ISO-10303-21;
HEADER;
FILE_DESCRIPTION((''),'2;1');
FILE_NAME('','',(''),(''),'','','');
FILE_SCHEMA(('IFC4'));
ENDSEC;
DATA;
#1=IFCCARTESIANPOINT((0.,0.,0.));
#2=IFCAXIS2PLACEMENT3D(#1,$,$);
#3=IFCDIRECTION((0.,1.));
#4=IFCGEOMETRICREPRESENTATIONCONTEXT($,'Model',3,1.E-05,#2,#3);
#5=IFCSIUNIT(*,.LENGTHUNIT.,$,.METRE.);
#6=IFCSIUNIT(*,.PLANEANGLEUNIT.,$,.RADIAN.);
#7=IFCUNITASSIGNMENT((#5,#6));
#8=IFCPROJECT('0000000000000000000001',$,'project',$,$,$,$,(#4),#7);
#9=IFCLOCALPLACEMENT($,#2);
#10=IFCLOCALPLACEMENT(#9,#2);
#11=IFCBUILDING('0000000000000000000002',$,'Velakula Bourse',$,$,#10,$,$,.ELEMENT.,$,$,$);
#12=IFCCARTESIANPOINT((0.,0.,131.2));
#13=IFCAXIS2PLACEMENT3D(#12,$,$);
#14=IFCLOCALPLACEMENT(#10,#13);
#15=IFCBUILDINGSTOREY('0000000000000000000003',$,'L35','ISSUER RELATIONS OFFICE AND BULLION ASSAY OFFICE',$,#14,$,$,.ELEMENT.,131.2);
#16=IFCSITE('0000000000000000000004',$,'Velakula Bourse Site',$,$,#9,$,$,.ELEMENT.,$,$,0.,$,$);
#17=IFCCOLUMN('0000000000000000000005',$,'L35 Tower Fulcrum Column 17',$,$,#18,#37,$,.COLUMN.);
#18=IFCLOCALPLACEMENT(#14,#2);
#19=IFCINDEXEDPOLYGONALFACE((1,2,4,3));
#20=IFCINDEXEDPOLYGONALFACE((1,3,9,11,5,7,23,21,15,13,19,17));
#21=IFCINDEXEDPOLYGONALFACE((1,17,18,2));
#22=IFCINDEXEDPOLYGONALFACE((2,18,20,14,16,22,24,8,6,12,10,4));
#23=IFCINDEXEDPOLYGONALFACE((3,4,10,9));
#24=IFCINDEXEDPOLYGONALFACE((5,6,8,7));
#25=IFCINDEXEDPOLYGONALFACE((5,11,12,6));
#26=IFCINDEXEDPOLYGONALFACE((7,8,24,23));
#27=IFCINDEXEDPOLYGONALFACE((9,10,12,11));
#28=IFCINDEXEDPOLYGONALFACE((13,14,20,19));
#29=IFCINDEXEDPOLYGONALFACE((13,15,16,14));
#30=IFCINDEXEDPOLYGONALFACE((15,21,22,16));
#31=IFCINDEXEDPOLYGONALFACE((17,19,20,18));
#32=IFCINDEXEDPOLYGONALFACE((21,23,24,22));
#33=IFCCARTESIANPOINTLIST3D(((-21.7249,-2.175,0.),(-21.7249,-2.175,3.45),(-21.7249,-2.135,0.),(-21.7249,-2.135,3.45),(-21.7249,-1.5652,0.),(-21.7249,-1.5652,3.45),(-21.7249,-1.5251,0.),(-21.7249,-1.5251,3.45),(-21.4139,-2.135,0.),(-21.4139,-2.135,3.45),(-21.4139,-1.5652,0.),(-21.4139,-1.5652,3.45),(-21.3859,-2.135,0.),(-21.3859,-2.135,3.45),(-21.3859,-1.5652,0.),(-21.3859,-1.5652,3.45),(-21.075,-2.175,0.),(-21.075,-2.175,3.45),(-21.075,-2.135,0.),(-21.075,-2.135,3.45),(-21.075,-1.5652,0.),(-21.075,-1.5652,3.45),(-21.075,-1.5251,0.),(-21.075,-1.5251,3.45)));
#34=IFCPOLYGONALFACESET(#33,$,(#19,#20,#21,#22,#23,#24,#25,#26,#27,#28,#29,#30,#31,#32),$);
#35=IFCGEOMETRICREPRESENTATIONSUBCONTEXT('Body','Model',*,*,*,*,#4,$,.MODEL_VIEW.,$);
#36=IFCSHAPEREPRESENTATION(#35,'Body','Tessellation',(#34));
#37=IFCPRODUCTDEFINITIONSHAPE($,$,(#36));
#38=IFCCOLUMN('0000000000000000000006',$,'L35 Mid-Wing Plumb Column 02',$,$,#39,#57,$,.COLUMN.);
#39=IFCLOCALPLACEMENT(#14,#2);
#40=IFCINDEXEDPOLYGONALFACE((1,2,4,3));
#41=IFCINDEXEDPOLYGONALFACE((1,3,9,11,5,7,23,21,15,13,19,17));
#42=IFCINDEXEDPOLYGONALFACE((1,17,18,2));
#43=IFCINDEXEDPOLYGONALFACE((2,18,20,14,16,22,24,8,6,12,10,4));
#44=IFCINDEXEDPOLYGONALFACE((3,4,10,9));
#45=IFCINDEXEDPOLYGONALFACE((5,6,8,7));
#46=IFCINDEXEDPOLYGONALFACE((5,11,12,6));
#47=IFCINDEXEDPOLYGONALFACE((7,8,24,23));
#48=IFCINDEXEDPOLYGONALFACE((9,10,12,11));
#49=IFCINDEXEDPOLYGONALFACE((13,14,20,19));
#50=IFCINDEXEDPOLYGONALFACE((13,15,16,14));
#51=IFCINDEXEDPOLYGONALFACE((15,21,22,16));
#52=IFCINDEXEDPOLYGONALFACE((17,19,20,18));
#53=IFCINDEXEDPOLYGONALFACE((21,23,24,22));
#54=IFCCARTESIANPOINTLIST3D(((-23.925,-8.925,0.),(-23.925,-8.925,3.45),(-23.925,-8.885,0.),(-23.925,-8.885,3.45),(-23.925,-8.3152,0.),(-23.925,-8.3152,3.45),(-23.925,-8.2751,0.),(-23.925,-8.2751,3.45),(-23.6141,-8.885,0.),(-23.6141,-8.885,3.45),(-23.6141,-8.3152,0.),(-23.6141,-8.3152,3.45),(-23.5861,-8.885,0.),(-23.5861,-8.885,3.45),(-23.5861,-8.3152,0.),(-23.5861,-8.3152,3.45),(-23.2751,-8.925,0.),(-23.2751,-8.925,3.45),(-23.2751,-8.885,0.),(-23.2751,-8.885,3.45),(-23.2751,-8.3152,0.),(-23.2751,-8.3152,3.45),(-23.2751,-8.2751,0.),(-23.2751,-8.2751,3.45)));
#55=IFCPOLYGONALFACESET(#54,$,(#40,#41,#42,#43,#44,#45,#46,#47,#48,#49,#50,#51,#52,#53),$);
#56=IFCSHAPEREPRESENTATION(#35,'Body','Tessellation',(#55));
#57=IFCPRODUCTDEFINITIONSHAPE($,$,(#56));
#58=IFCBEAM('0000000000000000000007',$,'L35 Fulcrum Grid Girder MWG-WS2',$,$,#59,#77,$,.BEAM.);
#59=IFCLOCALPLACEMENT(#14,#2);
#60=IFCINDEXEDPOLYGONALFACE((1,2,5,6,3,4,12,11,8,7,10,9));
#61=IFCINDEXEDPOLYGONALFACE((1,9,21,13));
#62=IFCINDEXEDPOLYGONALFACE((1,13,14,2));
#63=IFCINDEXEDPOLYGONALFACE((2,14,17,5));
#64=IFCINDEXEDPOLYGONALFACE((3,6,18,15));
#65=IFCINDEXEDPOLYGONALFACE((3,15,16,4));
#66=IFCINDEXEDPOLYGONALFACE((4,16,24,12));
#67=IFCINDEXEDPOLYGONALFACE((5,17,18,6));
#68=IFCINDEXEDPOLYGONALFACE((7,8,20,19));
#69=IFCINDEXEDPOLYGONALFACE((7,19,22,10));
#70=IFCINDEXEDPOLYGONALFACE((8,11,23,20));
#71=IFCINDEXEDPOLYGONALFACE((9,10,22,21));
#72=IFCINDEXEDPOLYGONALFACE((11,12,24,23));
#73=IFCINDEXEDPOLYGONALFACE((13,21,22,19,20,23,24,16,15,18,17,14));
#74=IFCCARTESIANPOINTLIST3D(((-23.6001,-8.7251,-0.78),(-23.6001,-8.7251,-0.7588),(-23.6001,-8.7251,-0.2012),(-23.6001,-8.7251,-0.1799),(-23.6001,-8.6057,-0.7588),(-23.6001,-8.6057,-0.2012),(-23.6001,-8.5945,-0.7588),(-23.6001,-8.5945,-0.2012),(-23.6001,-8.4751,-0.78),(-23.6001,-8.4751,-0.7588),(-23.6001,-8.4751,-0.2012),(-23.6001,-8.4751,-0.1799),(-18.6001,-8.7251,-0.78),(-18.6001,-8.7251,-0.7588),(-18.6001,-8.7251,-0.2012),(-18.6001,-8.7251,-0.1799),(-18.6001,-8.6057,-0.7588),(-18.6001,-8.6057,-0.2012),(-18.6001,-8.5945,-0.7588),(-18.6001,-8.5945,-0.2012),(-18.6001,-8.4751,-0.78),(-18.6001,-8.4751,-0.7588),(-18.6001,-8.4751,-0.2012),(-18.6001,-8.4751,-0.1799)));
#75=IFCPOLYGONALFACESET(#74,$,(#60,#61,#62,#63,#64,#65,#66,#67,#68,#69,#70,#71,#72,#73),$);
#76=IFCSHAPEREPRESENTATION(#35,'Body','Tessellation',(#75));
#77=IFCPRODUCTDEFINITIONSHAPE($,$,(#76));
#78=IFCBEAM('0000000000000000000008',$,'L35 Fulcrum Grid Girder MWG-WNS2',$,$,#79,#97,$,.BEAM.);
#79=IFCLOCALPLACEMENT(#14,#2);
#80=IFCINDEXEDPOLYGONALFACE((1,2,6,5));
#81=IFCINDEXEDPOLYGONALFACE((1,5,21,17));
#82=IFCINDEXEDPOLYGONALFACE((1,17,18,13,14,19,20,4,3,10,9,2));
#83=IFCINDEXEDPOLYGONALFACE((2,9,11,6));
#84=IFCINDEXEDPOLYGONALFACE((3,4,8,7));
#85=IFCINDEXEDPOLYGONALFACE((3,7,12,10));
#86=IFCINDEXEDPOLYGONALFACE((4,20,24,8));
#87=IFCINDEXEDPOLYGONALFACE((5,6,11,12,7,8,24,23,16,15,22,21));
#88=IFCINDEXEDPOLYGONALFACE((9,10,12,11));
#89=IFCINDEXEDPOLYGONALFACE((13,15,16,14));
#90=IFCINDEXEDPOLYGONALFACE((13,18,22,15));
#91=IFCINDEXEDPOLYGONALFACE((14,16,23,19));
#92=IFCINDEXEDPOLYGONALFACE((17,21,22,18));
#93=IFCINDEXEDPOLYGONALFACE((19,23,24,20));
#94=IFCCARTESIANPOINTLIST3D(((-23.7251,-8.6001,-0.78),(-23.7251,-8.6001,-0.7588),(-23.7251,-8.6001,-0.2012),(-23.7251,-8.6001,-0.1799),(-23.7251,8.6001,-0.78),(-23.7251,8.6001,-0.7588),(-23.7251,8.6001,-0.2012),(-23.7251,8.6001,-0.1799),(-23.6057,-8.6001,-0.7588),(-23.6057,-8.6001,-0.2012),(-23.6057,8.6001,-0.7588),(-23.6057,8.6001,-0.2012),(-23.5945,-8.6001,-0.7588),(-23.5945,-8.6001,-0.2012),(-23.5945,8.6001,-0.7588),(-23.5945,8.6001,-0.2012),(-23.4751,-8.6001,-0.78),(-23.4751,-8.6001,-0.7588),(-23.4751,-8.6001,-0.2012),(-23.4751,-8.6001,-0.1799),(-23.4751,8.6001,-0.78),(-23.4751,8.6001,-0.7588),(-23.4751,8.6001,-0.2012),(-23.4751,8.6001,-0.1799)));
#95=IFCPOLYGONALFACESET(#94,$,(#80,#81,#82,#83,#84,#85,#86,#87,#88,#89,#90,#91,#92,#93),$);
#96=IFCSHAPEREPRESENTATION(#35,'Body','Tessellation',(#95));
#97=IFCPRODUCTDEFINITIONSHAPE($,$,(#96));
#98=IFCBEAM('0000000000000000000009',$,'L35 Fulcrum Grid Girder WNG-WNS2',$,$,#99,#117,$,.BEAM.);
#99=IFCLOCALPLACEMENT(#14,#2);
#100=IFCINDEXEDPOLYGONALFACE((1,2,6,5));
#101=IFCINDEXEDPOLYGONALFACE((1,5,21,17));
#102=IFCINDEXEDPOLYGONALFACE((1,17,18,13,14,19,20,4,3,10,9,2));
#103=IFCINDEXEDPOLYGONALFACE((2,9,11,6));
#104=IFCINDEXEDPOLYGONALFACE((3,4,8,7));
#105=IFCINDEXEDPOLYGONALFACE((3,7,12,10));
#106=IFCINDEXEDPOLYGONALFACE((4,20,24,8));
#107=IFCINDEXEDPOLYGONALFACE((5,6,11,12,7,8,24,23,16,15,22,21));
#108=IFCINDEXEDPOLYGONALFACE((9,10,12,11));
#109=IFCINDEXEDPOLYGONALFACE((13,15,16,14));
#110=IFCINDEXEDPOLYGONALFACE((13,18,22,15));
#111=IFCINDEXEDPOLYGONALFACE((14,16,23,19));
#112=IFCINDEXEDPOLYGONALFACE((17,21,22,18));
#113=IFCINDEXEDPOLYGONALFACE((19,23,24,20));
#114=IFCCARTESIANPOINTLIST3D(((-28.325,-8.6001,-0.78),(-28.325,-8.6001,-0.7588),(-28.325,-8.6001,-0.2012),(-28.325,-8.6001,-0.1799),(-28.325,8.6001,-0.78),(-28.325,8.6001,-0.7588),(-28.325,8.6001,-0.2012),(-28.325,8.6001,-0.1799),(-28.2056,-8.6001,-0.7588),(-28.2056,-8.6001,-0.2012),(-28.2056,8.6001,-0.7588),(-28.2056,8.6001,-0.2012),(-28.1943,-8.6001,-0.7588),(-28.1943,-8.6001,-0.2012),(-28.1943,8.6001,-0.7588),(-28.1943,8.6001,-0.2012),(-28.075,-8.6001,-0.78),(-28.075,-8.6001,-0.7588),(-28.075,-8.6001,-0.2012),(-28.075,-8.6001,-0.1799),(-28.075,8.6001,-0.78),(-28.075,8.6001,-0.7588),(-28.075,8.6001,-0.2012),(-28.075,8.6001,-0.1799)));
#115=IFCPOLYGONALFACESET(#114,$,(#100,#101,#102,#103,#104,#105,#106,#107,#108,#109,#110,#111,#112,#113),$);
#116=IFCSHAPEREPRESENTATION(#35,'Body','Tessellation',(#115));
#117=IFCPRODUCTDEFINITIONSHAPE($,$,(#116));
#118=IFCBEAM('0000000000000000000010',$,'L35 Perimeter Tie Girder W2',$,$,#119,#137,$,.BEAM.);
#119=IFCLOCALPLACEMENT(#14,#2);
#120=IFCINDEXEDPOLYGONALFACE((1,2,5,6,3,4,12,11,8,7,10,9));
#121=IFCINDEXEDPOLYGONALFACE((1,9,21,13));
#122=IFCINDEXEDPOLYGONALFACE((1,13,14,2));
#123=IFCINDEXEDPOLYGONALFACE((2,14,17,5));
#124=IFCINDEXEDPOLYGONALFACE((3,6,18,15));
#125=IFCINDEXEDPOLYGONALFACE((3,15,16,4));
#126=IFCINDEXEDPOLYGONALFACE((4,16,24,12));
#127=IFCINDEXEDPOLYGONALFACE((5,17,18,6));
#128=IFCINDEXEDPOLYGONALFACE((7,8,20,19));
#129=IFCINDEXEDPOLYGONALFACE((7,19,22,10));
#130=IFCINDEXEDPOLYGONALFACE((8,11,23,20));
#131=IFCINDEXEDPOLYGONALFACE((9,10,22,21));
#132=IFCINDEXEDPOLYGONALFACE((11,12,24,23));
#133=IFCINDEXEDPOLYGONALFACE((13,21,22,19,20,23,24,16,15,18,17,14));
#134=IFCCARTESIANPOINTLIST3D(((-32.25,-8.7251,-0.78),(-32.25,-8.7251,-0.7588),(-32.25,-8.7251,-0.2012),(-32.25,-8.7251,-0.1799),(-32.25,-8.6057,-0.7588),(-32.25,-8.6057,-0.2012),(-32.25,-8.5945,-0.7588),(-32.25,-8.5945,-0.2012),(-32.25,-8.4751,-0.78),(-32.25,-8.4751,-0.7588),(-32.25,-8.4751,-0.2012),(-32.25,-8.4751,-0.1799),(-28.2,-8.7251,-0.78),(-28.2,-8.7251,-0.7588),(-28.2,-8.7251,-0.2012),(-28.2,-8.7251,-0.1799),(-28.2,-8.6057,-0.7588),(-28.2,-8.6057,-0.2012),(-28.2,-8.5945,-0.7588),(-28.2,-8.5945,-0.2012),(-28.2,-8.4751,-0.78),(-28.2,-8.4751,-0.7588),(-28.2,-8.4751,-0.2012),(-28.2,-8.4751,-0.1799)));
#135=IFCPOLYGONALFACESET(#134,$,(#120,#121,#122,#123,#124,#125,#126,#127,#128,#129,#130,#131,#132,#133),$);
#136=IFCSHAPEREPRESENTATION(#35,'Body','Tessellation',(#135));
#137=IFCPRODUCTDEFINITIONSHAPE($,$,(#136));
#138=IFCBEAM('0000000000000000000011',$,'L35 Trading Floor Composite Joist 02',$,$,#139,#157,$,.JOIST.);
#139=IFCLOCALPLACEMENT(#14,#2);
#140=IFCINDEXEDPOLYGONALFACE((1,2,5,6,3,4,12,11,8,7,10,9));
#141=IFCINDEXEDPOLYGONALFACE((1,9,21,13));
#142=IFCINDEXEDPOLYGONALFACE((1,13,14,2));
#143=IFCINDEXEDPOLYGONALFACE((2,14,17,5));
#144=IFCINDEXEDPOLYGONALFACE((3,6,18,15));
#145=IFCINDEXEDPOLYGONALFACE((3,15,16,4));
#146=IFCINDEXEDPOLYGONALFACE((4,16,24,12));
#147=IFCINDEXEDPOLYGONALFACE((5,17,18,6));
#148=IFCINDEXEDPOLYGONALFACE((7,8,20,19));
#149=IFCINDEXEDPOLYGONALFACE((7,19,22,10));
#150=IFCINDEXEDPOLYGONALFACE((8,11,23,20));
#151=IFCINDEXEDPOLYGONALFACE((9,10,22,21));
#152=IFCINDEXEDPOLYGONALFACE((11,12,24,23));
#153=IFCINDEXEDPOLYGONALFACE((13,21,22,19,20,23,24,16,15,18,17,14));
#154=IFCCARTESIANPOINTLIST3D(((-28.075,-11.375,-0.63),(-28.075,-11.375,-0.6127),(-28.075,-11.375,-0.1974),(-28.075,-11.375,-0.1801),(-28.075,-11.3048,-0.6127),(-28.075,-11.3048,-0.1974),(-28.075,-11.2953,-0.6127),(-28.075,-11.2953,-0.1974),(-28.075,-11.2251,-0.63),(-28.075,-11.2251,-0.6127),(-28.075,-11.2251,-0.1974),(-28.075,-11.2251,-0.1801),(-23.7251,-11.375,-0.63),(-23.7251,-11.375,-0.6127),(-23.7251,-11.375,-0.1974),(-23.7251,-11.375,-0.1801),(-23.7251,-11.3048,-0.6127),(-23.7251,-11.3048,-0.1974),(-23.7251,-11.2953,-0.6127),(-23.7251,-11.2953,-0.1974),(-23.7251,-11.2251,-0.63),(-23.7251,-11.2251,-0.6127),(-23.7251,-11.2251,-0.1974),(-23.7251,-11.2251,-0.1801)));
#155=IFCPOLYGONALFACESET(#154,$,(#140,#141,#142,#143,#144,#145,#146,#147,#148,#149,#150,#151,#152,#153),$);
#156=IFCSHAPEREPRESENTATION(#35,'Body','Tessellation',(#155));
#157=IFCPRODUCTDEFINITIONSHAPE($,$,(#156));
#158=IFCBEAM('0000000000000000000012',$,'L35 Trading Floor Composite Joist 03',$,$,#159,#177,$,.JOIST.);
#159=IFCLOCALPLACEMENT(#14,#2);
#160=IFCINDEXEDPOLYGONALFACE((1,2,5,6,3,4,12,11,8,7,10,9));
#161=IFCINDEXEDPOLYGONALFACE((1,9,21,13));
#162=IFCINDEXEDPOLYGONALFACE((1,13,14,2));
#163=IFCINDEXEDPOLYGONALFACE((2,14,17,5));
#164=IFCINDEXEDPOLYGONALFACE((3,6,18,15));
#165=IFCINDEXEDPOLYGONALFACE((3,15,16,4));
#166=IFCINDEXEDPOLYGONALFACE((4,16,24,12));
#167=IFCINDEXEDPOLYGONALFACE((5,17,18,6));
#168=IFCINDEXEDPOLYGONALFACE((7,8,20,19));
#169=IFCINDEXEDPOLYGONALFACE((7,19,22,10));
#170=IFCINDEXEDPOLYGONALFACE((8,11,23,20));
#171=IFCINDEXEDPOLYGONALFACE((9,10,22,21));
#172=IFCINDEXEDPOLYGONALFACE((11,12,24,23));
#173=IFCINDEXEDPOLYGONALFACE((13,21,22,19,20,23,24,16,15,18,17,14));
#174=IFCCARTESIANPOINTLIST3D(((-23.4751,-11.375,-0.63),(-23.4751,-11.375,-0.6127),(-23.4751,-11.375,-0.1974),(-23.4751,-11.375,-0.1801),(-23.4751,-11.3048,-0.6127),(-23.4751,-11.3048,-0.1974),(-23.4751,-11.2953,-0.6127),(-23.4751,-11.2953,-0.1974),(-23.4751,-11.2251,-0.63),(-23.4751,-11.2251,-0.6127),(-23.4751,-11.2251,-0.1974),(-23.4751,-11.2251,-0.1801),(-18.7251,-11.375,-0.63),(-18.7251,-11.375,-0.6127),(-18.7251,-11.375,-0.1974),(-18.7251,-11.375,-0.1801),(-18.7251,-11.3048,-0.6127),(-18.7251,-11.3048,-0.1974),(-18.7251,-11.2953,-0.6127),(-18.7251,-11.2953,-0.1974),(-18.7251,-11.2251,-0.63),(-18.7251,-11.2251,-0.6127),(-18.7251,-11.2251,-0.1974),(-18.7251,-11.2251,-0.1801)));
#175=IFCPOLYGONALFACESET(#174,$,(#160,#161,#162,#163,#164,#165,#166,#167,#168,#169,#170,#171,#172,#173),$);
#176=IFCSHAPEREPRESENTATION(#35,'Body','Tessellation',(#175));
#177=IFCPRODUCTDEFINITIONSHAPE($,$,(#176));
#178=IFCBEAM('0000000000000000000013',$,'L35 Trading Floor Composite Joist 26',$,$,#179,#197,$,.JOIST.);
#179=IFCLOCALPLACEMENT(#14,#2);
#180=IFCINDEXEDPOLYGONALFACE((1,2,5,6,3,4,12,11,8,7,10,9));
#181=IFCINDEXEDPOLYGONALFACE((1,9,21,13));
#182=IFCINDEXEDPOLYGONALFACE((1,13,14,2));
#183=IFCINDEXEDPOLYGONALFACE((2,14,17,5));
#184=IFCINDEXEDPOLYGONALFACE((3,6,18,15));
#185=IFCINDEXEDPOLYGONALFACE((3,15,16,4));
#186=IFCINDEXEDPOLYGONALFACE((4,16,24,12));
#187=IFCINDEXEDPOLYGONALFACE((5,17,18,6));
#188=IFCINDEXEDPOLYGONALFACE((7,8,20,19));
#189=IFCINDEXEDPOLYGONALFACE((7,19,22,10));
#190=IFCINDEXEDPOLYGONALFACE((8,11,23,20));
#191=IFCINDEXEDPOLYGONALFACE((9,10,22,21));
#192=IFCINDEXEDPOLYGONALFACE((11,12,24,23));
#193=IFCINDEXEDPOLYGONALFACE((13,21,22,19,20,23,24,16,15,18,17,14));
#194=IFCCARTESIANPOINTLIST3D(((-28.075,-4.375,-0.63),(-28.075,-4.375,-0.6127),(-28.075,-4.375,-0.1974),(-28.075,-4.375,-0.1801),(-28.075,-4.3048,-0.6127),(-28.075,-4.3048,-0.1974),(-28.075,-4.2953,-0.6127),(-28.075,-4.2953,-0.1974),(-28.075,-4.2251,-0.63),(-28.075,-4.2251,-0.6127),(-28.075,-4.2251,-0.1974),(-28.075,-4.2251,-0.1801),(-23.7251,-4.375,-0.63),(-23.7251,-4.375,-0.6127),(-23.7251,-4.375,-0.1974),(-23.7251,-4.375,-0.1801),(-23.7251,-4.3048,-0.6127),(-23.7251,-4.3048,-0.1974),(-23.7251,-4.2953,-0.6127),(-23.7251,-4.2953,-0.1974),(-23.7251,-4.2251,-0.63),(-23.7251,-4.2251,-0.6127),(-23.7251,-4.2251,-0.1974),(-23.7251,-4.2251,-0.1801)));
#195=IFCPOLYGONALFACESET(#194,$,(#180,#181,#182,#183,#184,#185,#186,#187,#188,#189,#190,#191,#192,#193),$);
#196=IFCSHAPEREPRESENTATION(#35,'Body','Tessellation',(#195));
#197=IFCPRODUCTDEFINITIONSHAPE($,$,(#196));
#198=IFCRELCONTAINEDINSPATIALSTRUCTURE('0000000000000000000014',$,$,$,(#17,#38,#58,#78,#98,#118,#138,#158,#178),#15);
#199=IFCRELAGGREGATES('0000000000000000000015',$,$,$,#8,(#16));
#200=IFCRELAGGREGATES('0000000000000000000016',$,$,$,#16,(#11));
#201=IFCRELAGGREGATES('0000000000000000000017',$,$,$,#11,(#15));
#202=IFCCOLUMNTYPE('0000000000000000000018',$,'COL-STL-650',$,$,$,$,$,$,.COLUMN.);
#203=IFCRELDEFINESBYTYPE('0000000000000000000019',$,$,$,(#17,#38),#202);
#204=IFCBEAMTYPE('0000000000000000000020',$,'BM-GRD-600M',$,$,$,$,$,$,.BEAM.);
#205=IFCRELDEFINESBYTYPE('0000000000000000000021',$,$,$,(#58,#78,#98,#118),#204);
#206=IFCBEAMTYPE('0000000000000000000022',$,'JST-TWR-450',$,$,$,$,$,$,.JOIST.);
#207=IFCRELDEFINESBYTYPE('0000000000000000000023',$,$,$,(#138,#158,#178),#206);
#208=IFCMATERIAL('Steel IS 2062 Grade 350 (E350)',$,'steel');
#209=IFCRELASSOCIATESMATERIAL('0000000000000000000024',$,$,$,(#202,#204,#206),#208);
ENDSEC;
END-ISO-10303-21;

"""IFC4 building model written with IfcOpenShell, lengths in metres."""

from ifc_helpers import new_model, si_unit, direction, frame, origin, origin_2d, place, context, subcontext, project, spatial, i_section, extrude, material, material_profile, profile_set, type_object, element, save


model = new_model("IFC4")

# Units and contexts
model_context = context("Model", 3, precision=1e-05, world=origin(), true_north=direction((0.0, 1.0)))
body_context = subcontext(model_context, "Body", "Model", "MODEL_VIEW")
ifc_project = project(units=[si_unit("LENGTHUNIT", "METRE"), si_unit("PLANEANGLEUNIT", "RADIAN")], contexts=[model_context])

# Site, building, storey
site_placement = place(None, origin())
site = spatial("IfcSite", under=ifc_project, at=site_placement, Name="Velakula Bourse Site", CompositionType="ELEMENT", RefElevation=0.0)
building_placement = place(site_placement, origin())
building = spatial("IfcBuilding", under=site, at=building_placement, Name="Velakula Bourse", CompositionType="ELEMENT")
storey_placement = place(building_placement, frame((0.0, 0.0, 131.2)))
storey = spatial("IfcBuildingStorey", under=building, at=storey_placement, Name="L35", Description="ISSUER RELATIONS OFFICE AND BULLION ASSAY OFFICE", CompositionType="ELEMENT", Elevation=131.2)

# Columns
ifc_material_1 = material(Name="Steel IS 2062 Grade 350 (E350)", Category="steel")
ifc_material_profile_1 = material_profile(ifc_material_1, i_section(OverallWidth=0.6499, OverallDepth=0.6499, WebThickness=0.0281, FlangeThickness=0.04, at=origin_2d()), Name="Steel IS 2062 Grade 350 (E350)")
ifc_profile_set_1 = profile_set([ifc_material_profile_1], Name="Steel IS 2062 Grade 350 (E350)")
column_type = type_object("IfcColumnType", Name="COL-STL-650", PredefinedType="COLUMN", material=ifc_profile_set_1)
for number, where, z_axis, x_axis, name in (
    (1, (-21.3999, -1.8501, 0.0), (0.0, 0.0, 1.0), (1.0, 0.0, 0.0), "L35 Tower Fulcrum Column 17"),
    (2, (-23.6001, -8.6001, 0.0), (0.0, 0.0, 1.0), (1.0, 0.0, 0.0), "L35 Mid-Wing Plumb Column 02"),
):
    element("IfcColumn", number, at=place(storey_placement, frame(where, z_axis=z_axis, x_axis=x_axis)), inside=storey, type_object=column_type, Name=name, PredefinedType="COLUMN", context=body_context, shape_type="SweptSolid", body=[
        extrude(i_section(OverallWidth=0.6499, OverallDepth=0.6499, WebThickness=0.0281, FlangeThickness=0.04, at=origin_2d()), origin(), (0.0, 0.0, 1.0), 3.45),
    ])

# Beams
ifc_material_profile_2 = material_profile(ifc_material_1, i_section(OverallWidth=0.25, OverallDepth=0.6001, WebThickness=0.0112, FlangeThickness=0.0212, at=origin_2d()), Name="Steel IS 2062 Grade 350 (E350)")
ifc_profile_set_2 = profile_set([ifc_material_profile_2], Name="Steel IS 2062 Grade 350 (E350)")
beam_type_1 = type_object("IfcBeamType", Name="BM-GRD-600M", PredefinedType="BEAM", material=ifc_profile_set_2)
beam_1_placement = place(storey_placement, frame((-23.6001, -8.6001, -0.48), z_axis=(1.0, 0.0, 0.0), x_axis=(0.0, 1.0, 0.0)))
element("IfcBeam", 3, at=beam_1_placement, inside=storey, type_object=beam_type_1, Name="L35 Fulcrum Grid Girder MWG-WS2", PredefinedType="BEAM", context=body_context, shape_type="SweptSolid", body=[
    extrude(i_section(OverallWidth=0.25, OverallDepth=0.6001, WebThickness=0.0112, FlangeThickness=0.0212, at=origin_2d()), origin(), (0.0, 0.0, 1.0), 5.0),
])
for number, where, z_axis, x_axis, name in (
    (4, (-23.6001, -8.6001, -0.48), (0.0, 1.0, 0.0), (-1.0, 0.0, 0.0), "L35 Fulcrum Grid Girder MWG-WNS2"),
    (5, (-28.2, -8.6001, -0.48), (0.0, 1.0, 0.0), (-1.0, 0.0, 0.0), "L35 Fulcrum Grid Girder WNG-WNS2"),
):
    element("IfcBeam", number, at=place(storey_placement, frame(where, z_axis=z_axis, x_axis=x_axis)), inside=storey, type_object=beam_type_1, Name=name, PredefinedType="BEAM", context=body_context, shape_type="SweptSolid", body=[
        extrude(i_section(OverallWidth=0.25, OverallDepth=0.6001, WebThickness=0.0112, FlangeThickness=0.0212, at=origin_2d()), origin(), (0.0, 0.0, 1.0), 17.2002),
    ])
beam_2_placement = place(storey_placement, frame((-28.2, -8.6001, -0.48), z_axis=(-1.0, 0.0, 0.0), x_axis=(0.0, -1.0, 0.0)))
element("IfcBeam", 6, at=beam_2_placement, inside=storey, type_object=beam_type_1, Name="L35 Perimeter Tie Girder W2", PredefinedType="BEAM", context=body_context, shape_type="SweptSolid", body=[
    extrude(i_section(OverallWidth=0.25, OverallDepth=0.6001, WebThickness=0.0112, FlangeThickness=0.0212, at=origin_2d()), origin(), (0.0, 0.0, 1.0), 4.05),
])
ifc_material_profile_3 = material_profile(ifc_material_1, i_section(OverallWidth=0.1499, OverallDepth=0.45, WebThickness=0.0095, FlangeThickness=0.0173, at=origin_2d()), Name="Steel IS 2062 Grade 350 (E350)")
ifc_profile_set_3 = profile_set([ifc_material_profile_3], Name="Steel IS 2062 Grade 350 (E350)")
beam_type_2 = type_object("IfcBeamType", Name="JST-TWR-450", PredefinedType="JOIST", material=ifc_profile_set_3)
beam_3_placement = place(storey_placement, frame((-28.075, -11.3, -0.405), z_axis=(1.0, 0.0, 0.0), x_axis=(0.0, 1.0, 0.0)))
element("IfcBeam", 7, at=beam_3_placement, inside=storey, type_object=beam_type_2, Name="L35 Trading Floor Composite Joist 02", PredefinedType="JOIST", context=body_context, shape_type="SweptSolid", body=[
    extrude(i_section(OverallWidth=0.1499, OverallDepth=0.45, WebThickness=0.0095, FlangeThickness=0.0173, at=origin_2d()), origin(), (0.0, 0.0, 1.0), 4.3499),
])
beam_4_placement = place(storey_placement, frame((-23.4751, -11.3, -0.405), z_axis=(1.0, 0.0, 0.0), x_axis=(0.0, 1.0, 0.0)))
element("IfcBeam", 8, at=beam_4_placement, inside=storey, type_object=beam_type_2, Name="L35 Trading Floor Composite Joist 03", PredefinedType="JOIST", context=body_context, shape_type="SweptSolid", body=[
    extrude(i_section(OverallWidth=0.1499, OverallDepth=0.45, WebThickness=0.0095, FlangeThickness=0.0173, at=origin_2d()), origin(), (0.0, 0.0, 1.0), 4.75),
])
beam_5_placement = place(storey_placement, frame((-28.075, -4.3, -0.405), z_axis=(1.0, 0.0, 0.0), x_axis=(0.0, 1.0, 0.0)))
element("IfcBeam", 9, at=beam_5_placement, inside=storey, type_object=beam_type_2, Name="L35 Trading Floor Composite Joist 26", PredefinedType="JOIST", context=body_context, shape_type="SweptSolid", body=[
    extrude(i_section(OverallWidth=0.1499, OverallDepth=0.45, WebThickness=0.0095, FlangeThickness=0.0173, at=origin_2d()), origin(), (0.0, 0.0, 1.0), 4.3499),
])

save(model, "model.ifc")
